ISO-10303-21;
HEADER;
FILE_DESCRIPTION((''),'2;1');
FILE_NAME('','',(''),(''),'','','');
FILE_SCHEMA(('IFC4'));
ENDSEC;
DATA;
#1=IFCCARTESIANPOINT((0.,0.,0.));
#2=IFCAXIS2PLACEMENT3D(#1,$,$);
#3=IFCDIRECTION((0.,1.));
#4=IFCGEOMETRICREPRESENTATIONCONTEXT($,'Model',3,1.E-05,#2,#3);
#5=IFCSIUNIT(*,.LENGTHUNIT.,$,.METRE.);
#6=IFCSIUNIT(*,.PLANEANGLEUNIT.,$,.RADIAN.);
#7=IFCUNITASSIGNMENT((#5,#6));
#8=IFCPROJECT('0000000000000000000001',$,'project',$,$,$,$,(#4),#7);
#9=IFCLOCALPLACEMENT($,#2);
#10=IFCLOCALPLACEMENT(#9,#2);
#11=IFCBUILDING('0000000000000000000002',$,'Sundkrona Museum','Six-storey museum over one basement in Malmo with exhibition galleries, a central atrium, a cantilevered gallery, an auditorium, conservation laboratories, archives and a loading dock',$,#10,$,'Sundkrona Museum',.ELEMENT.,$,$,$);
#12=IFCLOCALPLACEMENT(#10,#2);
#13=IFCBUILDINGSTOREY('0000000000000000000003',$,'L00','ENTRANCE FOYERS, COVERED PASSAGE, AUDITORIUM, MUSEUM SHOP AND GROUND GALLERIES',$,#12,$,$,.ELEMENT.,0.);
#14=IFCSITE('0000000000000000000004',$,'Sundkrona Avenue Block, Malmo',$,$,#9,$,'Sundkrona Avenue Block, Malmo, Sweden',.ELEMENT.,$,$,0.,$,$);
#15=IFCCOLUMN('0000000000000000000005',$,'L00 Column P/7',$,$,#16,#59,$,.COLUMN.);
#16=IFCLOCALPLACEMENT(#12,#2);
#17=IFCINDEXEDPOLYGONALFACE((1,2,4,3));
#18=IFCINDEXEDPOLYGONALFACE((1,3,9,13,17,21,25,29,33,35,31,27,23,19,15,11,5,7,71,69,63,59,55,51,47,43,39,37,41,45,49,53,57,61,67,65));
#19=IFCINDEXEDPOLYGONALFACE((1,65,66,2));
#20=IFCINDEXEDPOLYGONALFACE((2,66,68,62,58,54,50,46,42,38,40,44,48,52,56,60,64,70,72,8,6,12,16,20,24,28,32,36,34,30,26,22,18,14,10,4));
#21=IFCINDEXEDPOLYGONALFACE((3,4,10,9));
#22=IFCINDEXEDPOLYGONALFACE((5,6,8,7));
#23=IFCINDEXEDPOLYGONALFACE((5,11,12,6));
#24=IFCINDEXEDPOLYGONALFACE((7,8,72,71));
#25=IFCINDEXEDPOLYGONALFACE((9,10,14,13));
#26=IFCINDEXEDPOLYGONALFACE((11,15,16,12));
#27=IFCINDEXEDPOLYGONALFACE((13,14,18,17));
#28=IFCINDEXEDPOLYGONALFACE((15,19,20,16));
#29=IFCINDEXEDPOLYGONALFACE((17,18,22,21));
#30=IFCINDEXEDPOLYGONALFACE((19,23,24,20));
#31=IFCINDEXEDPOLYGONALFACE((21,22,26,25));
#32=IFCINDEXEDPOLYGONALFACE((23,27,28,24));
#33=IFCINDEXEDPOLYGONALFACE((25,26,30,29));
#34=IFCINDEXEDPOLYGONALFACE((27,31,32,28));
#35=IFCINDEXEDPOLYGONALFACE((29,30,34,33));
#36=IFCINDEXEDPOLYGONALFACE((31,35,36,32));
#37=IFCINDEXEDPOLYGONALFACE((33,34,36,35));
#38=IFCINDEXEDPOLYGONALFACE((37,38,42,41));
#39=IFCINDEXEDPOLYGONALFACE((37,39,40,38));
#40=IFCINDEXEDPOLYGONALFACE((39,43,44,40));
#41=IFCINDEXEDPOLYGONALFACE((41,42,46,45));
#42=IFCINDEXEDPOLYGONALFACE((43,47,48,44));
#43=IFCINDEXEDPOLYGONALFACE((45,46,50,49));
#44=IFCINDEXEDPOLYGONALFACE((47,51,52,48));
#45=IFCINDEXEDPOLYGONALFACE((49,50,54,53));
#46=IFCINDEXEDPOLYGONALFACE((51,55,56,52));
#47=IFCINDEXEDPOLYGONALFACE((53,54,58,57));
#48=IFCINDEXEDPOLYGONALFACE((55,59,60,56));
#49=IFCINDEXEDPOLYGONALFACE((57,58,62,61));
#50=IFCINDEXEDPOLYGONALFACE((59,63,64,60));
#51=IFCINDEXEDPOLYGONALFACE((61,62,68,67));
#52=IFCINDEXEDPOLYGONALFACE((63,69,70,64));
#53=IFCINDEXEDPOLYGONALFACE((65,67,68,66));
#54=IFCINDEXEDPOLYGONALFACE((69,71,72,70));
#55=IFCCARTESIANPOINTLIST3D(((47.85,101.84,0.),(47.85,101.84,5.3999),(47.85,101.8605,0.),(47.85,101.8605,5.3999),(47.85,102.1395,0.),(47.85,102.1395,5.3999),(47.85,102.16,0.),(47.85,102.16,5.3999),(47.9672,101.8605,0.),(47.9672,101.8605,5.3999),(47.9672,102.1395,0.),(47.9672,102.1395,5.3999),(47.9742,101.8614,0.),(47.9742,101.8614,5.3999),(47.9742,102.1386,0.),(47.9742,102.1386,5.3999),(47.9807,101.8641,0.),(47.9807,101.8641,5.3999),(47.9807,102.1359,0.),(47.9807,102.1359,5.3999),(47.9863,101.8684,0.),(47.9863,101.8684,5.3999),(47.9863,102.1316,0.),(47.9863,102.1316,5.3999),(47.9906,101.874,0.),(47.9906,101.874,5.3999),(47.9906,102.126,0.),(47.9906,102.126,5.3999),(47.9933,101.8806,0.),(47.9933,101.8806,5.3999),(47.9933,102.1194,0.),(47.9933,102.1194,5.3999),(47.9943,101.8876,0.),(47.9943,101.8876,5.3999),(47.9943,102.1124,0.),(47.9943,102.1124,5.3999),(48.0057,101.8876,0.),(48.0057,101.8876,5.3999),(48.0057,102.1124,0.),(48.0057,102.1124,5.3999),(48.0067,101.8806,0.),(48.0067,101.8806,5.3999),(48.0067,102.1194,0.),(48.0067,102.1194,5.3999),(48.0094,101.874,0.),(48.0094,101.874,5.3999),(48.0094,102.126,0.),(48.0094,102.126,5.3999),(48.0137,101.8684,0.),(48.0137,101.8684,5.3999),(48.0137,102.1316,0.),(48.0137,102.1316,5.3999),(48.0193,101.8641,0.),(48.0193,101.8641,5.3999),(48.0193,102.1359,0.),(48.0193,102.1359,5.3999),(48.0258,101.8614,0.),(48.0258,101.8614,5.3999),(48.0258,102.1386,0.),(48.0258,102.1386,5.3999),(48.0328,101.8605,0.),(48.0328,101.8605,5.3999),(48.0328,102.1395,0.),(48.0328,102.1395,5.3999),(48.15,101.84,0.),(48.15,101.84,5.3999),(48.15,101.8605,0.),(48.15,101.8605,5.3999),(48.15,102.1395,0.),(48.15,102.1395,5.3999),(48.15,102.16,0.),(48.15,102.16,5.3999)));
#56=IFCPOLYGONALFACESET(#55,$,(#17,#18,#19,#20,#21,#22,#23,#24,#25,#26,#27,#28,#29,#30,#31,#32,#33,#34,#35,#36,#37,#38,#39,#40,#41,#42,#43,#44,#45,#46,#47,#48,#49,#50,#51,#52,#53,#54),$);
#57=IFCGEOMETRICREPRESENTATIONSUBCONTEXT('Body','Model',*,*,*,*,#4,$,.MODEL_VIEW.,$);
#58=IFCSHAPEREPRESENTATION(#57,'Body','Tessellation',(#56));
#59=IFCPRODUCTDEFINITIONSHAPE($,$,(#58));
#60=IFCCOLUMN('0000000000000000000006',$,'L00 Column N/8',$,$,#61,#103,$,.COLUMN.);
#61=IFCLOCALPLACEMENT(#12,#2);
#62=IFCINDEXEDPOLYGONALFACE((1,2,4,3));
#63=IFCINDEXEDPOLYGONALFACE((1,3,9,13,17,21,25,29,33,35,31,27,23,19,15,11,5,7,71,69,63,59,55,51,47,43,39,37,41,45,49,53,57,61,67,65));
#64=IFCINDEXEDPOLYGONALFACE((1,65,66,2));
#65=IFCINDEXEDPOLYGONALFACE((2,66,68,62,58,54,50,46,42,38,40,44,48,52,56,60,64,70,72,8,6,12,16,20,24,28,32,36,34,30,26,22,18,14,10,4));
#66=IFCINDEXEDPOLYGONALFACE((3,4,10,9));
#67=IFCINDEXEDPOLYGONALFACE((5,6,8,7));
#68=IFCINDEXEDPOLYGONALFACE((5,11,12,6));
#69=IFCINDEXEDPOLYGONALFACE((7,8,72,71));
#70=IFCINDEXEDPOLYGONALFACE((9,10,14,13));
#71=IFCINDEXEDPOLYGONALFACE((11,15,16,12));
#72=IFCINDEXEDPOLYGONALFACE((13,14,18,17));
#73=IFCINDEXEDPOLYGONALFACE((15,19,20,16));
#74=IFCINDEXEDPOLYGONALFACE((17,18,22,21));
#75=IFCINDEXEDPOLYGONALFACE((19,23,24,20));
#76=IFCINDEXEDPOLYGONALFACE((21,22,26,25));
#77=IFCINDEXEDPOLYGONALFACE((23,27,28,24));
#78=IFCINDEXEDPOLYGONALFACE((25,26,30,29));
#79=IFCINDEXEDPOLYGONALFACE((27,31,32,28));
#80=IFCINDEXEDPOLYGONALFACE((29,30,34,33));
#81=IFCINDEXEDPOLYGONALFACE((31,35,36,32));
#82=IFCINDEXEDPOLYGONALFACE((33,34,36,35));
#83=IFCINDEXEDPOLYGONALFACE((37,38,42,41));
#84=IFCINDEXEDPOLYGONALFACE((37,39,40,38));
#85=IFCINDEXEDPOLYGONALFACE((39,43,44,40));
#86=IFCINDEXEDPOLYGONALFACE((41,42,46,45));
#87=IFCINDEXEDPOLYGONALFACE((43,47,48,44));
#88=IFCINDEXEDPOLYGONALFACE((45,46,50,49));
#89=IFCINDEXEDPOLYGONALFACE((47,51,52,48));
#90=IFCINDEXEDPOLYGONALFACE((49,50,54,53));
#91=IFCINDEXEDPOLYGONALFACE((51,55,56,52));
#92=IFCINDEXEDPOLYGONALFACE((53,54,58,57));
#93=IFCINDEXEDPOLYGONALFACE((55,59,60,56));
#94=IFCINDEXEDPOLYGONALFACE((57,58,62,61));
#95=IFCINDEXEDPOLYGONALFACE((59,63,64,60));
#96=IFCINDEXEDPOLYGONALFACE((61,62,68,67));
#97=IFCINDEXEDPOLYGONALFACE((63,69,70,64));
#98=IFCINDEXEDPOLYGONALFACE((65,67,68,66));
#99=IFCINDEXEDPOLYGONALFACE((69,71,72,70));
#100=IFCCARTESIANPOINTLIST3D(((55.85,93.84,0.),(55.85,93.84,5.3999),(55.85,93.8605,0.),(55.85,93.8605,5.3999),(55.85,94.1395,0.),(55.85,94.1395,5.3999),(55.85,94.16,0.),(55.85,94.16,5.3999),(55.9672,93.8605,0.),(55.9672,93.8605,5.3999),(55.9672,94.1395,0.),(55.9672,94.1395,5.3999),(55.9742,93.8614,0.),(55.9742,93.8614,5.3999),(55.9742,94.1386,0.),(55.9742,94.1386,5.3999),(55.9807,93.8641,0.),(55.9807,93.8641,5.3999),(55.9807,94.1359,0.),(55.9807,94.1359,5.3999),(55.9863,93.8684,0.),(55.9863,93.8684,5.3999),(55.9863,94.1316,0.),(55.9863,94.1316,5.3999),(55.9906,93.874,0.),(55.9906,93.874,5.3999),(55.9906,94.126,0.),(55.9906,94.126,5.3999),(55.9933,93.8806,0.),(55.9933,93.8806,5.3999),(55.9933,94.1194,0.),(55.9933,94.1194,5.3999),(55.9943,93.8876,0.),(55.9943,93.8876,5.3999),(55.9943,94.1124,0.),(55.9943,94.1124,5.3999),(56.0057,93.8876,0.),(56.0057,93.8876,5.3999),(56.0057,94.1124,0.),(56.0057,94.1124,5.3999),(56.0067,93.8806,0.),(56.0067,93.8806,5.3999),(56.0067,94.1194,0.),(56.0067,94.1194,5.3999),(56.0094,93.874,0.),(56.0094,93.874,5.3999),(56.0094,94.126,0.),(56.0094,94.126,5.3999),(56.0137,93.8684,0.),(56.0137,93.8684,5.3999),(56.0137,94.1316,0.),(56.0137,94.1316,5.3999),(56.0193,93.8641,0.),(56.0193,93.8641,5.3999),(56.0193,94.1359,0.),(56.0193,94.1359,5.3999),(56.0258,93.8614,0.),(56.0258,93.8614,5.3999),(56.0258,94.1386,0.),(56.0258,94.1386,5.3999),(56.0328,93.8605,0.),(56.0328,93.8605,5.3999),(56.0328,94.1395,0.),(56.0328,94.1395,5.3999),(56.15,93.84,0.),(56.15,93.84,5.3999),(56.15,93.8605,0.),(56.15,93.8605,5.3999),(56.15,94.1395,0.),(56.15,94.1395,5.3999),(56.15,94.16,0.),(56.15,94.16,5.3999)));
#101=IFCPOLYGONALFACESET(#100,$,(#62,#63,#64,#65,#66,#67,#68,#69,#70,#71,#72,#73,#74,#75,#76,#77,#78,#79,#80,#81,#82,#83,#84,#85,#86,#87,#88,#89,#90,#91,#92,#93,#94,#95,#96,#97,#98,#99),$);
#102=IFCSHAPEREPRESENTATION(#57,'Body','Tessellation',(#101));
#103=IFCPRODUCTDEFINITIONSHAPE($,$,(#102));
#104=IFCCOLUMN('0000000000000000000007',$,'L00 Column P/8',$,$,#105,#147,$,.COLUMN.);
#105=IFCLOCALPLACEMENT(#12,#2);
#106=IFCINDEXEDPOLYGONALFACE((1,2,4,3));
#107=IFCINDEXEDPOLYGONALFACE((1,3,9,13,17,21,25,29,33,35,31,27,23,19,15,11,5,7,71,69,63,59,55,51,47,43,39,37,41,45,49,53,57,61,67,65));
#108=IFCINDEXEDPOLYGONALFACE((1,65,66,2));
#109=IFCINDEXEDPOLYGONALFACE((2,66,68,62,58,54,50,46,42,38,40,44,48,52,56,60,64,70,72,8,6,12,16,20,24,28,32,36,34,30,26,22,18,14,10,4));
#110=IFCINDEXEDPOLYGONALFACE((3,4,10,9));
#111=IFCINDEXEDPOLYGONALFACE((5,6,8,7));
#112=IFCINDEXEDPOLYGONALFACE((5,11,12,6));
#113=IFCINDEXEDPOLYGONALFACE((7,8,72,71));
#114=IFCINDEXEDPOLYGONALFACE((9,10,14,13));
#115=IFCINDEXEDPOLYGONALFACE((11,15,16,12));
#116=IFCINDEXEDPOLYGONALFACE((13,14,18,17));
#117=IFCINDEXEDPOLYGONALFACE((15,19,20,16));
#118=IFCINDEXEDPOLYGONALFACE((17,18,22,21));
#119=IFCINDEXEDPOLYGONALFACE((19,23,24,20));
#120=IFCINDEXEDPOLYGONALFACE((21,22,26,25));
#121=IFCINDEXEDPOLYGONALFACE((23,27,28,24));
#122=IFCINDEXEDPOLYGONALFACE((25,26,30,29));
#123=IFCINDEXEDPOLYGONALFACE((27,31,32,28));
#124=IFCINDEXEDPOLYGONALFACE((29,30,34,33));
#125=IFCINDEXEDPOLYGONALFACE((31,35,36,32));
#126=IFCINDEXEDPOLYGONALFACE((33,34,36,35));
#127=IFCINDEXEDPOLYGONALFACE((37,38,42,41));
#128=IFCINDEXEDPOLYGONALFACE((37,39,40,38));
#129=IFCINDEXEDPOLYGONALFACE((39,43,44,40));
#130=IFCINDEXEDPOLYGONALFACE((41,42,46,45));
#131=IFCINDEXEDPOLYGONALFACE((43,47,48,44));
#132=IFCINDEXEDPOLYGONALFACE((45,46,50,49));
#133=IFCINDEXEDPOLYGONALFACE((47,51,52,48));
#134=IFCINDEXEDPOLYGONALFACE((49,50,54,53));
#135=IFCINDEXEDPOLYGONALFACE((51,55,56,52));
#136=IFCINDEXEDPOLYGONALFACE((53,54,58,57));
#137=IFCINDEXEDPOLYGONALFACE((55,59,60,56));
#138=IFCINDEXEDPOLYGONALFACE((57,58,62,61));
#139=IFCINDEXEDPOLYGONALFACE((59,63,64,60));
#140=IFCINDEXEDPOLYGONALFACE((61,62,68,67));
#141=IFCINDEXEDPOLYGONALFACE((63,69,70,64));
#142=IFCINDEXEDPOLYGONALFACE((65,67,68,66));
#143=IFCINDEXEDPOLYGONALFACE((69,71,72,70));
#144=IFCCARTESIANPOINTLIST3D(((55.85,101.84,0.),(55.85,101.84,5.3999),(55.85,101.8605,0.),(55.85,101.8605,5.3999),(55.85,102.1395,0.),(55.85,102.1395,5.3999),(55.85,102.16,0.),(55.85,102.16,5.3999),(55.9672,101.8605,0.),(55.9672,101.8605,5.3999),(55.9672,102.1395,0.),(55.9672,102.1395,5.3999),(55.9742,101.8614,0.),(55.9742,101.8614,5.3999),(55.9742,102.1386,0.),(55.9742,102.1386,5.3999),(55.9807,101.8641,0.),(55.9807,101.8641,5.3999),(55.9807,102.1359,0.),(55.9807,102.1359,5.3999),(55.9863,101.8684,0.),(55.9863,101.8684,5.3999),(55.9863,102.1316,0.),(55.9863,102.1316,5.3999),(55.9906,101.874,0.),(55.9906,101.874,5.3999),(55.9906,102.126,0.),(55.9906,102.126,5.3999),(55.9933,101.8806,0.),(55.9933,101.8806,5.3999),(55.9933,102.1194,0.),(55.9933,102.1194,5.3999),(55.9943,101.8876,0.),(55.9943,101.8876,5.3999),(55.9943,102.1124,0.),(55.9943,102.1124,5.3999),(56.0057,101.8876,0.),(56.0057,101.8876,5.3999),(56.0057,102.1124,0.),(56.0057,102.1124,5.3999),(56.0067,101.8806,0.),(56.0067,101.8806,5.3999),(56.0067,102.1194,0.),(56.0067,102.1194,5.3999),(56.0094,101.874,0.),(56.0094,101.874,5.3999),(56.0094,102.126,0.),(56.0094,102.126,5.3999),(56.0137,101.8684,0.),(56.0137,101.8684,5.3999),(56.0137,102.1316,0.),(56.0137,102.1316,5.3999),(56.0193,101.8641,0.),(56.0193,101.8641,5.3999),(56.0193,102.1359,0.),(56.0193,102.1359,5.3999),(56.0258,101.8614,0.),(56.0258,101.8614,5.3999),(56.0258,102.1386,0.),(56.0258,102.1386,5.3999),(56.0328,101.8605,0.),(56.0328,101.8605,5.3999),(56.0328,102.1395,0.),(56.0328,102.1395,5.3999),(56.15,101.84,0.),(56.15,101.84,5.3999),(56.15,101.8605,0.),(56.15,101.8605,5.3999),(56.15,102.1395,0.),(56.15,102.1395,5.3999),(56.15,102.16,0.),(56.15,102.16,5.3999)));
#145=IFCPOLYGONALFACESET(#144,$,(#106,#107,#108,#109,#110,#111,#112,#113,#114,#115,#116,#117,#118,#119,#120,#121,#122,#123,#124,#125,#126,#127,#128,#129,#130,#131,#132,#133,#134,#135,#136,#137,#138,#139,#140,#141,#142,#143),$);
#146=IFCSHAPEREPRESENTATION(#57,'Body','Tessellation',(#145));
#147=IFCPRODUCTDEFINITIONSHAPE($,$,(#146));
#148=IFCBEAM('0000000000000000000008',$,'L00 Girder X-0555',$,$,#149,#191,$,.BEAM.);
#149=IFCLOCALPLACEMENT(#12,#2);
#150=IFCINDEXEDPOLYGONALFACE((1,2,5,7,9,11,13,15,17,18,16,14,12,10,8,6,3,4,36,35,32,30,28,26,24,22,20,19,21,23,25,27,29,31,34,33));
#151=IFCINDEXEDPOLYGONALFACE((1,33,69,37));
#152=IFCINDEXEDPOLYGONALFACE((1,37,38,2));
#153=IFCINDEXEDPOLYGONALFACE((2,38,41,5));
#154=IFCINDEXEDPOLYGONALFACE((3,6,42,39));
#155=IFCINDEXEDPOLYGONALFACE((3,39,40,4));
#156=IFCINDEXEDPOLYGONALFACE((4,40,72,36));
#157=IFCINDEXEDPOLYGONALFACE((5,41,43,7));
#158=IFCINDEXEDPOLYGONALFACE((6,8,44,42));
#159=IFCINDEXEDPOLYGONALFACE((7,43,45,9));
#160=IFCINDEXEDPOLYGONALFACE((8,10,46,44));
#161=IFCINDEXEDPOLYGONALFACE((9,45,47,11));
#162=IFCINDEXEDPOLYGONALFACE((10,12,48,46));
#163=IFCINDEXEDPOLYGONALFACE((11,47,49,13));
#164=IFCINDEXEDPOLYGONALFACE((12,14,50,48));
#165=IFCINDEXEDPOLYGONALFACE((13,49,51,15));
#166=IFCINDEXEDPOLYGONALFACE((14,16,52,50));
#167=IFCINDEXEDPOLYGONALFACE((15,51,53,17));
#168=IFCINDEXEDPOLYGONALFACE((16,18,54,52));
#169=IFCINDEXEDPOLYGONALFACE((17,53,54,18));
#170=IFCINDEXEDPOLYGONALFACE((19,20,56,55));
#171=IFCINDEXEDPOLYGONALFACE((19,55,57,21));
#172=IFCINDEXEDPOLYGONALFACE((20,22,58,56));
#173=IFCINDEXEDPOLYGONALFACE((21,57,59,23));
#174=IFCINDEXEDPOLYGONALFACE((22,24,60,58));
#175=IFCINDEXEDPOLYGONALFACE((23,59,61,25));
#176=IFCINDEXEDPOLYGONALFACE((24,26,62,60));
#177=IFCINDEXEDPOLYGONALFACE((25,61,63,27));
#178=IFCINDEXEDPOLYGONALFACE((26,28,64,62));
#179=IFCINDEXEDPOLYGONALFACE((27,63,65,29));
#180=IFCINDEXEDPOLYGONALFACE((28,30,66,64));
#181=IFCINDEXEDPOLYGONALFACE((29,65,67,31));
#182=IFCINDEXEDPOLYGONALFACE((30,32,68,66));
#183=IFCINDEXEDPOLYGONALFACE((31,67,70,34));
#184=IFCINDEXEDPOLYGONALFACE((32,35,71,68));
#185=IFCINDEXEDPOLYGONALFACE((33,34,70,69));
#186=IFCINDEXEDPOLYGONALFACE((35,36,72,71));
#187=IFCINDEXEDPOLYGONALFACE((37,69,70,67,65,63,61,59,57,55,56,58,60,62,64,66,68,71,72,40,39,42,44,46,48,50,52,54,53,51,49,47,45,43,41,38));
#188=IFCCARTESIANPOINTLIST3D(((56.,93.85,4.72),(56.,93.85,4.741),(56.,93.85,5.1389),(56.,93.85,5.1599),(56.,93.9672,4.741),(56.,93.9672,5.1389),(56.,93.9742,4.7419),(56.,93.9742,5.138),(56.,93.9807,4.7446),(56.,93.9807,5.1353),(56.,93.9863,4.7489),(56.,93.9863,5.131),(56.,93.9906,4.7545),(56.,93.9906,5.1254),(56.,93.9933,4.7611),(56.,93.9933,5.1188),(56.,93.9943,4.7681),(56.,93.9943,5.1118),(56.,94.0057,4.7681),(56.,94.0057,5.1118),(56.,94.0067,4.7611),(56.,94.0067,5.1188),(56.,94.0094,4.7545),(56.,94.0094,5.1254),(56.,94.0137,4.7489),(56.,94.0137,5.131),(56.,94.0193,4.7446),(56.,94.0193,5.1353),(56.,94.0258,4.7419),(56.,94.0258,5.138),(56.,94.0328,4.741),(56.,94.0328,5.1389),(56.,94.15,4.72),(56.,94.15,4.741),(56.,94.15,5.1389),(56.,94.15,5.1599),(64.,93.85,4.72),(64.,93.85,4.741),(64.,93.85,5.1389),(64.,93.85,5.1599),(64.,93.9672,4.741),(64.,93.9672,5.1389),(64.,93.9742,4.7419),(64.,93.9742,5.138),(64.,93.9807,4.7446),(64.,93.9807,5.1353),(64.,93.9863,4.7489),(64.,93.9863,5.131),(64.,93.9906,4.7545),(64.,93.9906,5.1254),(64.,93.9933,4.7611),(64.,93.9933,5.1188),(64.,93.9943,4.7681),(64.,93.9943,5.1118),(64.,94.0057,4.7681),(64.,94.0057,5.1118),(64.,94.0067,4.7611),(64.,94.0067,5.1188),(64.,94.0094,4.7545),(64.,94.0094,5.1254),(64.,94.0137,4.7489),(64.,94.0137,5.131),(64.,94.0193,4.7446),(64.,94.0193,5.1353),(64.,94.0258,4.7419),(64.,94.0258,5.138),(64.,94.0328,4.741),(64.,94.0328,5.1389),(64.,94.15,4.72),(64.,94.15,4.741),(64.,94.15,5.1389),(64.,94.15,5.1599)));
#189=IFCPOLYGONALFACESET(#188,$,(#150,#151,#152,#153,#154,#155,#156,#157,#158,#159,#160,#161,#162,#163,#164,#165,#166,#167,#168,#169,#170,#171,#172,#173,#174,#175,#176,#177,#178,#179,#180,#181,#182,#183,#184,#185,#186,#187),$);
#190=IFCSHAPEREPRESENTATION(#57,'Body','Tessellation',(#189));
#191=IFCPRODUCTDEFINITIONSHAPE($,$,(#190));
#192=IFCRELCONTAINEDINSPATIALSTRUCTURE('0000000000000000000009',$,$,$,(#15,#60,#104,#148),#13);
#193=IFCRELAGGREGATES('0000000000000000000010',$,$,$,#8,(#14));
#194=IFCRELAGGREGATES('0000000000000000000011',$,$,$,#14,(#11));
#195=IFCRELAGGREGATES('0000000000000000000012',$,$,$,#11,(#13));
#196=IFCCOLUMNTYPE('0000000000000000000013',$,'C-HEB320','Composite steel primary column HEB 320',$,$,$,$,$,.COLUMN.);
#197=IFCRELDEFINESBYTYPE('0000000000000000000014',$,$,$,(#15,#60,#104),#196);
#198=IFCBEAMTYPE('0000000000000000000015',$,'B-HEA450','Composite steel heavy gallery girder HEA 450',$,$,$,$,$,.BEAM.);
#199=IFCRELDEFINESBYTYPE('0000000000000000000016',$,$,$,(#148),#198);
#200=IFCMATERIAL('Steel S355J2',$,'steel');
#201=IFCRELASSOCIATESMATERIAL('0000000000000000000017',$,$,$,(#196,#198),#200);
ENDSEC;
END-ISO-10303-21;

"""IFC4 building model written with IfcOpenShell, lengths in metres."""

from ifc_helpers import new_model, si_unit, direction, frame, origin, origin_2d, place, context, subcontext, project, spatial, i_section, extrude, material, material_profile, profile_set, type_object, element, save


model = new_model("IFC4")

# Units and contexts
model_context = context("Model", 3, precision=1e-05, world=origin(), true_north=direction((0.0, 1.0)))
body_context = subcontext(model_context, "Body", "Model", "MODEL_VIEW")
ifc_project = project(units=[si_unit("LENGTHUNIT", "METRE"), si_unit("PLANEANGLEUNIT", "RADIAN")], contexts=[model_context])

# Site, building, storey
site_placement = place(None, origin())
site = spatial("IfcSite", under=ifc_project, at=site_placement, Name="Sundkrona Avenue Block, Malmo", LongName="Sundkrona Avenue Block, Malmo, Sweden", CompositionType="ELEMENT", RefElevation=0.0)
building_placement = place(site_placement, origin())
building = spatial("IfcBuilding", under=site, at=building_placement, Name="Sundkrona Museum", Description="Six-storey museum over one basement in Malmo with exhibition galleries, a central atrium, a cantilevered gallery, an auditorium, conservation laboratories, archives and a loading dock", LongName="Sundkrona Museum", CompositionType="ELEMENT")
storey_placement = place(building_placement, origin())
storey = spatial("IfcBuildingStorey", under=building, at=storey_placement, Name="L00", Description="ENTRANCE FOYERS, COVERED PASSAGE, AUDITORIUM, MUSEUM SHOP AND GROUND GALLERIES", CompositionType="ELEMENT", Elevation=0.0)

# Columns
ifc_material_1 = material(Name="Steel S355J2", Category="steel")
ifc_material_profile_1 = material_profile(ifc_material_1, i_section(OverallWidth=0.3, OverallDepth=0.3201, WebThickness=0.0115, FlangeThickness=0.0205, FilletRadius=0.0271, at=origin_2d()), Name="HEB 320")
ifc_profile_set_1 = profile_set([ifc_material_profile_1], Name="Steel S355J2")
column_type = type_object("IfcColumnType", Name="C-HEB320", Description="Composite steel primary column HEB 320", PredefinedType="COLUMN", material=ifc_profile_set_1)
for number, where, z_axis, x_axis, name in (
    (1, (48.0, 102.0, 0.0), (0.0, 0.0, 1.0), (1.0, 0.0, 0.0), "L00 Column P/7"),
    (2, (56.0, 94.0, 0.0), (0.0, 0.0, 1.0), (1.0, 0.0, 0.0), "L00 Column N/8"),
    (3, (56.0, 102.0, 0.0), (0.0, 0.0, 1.0), (1.0, 0.0, 0.0), "L00 Column P/8"),
):
    element("IfcColumn", number, at=place(storey_placement, frame(where, z_axis=z_axis, x_axis=x_axis)), inside=storey, type_object=column_type, Name=name, PredefinedType="COLUMN", context=body_context, shape_type="SweptSolid", body=[
        extrude(i_section(OverallWidth=0.3, OverallDepth=0.3201, WebThickness=0.0115, FlangeThickness=0.0205, FilletRadius=0.0271, at=origin_2d()), origin(), (0.0, 0.0, 1.0), 5.3999),
    ])

# Beam
ifc_material_profile_2 = material_profile(ifc_material_1, i_section(OverallWidth=0.3, OverallDepth=0.4399, WebThickness=0.0115, FlangeThickness=0.021, FilletRadius=0.0271, at=origin_2d()), Name="HEA 450")
ifc_profile_set_2 = profile_set([ifc_material_profile_2], Name="Steel S355J2")
beam_type_1 = type_object("IfcBeamType", Name="B-HEA450", Description="Composite steel heavy gallery girder HEA 450", PredefinedType="BEAM", material=ifc_profile_set_2)
for number, where, z_axis, x_axis, name in (
    (4, (56.0, 94.0, 4.9399), (1.0, 0.0, 0.0), (0.0, 1.0, 0.0), "L00 Girder X-0555"),
):
    element("IfcBeam", number, at=place(storey_placement, frame(where, z_axis=z_axis, x_axis=x_axis)), inside=storey, type_object=beam_type_1, Name=name, PredefinedType="BEAM", context=body_context, shape_type="SweptSolid", body=[
        extrude(i_section(OverallWidth=0.3, OverallDepth=0.4399, WebThickness=0.0115, FlangeThickness=0.021, FilletRadius=0.0271, at=origin_2d()), origin(), (0.0, 0.0, 1.0), 8.0),
    ])

save(model, "model.ifc")
